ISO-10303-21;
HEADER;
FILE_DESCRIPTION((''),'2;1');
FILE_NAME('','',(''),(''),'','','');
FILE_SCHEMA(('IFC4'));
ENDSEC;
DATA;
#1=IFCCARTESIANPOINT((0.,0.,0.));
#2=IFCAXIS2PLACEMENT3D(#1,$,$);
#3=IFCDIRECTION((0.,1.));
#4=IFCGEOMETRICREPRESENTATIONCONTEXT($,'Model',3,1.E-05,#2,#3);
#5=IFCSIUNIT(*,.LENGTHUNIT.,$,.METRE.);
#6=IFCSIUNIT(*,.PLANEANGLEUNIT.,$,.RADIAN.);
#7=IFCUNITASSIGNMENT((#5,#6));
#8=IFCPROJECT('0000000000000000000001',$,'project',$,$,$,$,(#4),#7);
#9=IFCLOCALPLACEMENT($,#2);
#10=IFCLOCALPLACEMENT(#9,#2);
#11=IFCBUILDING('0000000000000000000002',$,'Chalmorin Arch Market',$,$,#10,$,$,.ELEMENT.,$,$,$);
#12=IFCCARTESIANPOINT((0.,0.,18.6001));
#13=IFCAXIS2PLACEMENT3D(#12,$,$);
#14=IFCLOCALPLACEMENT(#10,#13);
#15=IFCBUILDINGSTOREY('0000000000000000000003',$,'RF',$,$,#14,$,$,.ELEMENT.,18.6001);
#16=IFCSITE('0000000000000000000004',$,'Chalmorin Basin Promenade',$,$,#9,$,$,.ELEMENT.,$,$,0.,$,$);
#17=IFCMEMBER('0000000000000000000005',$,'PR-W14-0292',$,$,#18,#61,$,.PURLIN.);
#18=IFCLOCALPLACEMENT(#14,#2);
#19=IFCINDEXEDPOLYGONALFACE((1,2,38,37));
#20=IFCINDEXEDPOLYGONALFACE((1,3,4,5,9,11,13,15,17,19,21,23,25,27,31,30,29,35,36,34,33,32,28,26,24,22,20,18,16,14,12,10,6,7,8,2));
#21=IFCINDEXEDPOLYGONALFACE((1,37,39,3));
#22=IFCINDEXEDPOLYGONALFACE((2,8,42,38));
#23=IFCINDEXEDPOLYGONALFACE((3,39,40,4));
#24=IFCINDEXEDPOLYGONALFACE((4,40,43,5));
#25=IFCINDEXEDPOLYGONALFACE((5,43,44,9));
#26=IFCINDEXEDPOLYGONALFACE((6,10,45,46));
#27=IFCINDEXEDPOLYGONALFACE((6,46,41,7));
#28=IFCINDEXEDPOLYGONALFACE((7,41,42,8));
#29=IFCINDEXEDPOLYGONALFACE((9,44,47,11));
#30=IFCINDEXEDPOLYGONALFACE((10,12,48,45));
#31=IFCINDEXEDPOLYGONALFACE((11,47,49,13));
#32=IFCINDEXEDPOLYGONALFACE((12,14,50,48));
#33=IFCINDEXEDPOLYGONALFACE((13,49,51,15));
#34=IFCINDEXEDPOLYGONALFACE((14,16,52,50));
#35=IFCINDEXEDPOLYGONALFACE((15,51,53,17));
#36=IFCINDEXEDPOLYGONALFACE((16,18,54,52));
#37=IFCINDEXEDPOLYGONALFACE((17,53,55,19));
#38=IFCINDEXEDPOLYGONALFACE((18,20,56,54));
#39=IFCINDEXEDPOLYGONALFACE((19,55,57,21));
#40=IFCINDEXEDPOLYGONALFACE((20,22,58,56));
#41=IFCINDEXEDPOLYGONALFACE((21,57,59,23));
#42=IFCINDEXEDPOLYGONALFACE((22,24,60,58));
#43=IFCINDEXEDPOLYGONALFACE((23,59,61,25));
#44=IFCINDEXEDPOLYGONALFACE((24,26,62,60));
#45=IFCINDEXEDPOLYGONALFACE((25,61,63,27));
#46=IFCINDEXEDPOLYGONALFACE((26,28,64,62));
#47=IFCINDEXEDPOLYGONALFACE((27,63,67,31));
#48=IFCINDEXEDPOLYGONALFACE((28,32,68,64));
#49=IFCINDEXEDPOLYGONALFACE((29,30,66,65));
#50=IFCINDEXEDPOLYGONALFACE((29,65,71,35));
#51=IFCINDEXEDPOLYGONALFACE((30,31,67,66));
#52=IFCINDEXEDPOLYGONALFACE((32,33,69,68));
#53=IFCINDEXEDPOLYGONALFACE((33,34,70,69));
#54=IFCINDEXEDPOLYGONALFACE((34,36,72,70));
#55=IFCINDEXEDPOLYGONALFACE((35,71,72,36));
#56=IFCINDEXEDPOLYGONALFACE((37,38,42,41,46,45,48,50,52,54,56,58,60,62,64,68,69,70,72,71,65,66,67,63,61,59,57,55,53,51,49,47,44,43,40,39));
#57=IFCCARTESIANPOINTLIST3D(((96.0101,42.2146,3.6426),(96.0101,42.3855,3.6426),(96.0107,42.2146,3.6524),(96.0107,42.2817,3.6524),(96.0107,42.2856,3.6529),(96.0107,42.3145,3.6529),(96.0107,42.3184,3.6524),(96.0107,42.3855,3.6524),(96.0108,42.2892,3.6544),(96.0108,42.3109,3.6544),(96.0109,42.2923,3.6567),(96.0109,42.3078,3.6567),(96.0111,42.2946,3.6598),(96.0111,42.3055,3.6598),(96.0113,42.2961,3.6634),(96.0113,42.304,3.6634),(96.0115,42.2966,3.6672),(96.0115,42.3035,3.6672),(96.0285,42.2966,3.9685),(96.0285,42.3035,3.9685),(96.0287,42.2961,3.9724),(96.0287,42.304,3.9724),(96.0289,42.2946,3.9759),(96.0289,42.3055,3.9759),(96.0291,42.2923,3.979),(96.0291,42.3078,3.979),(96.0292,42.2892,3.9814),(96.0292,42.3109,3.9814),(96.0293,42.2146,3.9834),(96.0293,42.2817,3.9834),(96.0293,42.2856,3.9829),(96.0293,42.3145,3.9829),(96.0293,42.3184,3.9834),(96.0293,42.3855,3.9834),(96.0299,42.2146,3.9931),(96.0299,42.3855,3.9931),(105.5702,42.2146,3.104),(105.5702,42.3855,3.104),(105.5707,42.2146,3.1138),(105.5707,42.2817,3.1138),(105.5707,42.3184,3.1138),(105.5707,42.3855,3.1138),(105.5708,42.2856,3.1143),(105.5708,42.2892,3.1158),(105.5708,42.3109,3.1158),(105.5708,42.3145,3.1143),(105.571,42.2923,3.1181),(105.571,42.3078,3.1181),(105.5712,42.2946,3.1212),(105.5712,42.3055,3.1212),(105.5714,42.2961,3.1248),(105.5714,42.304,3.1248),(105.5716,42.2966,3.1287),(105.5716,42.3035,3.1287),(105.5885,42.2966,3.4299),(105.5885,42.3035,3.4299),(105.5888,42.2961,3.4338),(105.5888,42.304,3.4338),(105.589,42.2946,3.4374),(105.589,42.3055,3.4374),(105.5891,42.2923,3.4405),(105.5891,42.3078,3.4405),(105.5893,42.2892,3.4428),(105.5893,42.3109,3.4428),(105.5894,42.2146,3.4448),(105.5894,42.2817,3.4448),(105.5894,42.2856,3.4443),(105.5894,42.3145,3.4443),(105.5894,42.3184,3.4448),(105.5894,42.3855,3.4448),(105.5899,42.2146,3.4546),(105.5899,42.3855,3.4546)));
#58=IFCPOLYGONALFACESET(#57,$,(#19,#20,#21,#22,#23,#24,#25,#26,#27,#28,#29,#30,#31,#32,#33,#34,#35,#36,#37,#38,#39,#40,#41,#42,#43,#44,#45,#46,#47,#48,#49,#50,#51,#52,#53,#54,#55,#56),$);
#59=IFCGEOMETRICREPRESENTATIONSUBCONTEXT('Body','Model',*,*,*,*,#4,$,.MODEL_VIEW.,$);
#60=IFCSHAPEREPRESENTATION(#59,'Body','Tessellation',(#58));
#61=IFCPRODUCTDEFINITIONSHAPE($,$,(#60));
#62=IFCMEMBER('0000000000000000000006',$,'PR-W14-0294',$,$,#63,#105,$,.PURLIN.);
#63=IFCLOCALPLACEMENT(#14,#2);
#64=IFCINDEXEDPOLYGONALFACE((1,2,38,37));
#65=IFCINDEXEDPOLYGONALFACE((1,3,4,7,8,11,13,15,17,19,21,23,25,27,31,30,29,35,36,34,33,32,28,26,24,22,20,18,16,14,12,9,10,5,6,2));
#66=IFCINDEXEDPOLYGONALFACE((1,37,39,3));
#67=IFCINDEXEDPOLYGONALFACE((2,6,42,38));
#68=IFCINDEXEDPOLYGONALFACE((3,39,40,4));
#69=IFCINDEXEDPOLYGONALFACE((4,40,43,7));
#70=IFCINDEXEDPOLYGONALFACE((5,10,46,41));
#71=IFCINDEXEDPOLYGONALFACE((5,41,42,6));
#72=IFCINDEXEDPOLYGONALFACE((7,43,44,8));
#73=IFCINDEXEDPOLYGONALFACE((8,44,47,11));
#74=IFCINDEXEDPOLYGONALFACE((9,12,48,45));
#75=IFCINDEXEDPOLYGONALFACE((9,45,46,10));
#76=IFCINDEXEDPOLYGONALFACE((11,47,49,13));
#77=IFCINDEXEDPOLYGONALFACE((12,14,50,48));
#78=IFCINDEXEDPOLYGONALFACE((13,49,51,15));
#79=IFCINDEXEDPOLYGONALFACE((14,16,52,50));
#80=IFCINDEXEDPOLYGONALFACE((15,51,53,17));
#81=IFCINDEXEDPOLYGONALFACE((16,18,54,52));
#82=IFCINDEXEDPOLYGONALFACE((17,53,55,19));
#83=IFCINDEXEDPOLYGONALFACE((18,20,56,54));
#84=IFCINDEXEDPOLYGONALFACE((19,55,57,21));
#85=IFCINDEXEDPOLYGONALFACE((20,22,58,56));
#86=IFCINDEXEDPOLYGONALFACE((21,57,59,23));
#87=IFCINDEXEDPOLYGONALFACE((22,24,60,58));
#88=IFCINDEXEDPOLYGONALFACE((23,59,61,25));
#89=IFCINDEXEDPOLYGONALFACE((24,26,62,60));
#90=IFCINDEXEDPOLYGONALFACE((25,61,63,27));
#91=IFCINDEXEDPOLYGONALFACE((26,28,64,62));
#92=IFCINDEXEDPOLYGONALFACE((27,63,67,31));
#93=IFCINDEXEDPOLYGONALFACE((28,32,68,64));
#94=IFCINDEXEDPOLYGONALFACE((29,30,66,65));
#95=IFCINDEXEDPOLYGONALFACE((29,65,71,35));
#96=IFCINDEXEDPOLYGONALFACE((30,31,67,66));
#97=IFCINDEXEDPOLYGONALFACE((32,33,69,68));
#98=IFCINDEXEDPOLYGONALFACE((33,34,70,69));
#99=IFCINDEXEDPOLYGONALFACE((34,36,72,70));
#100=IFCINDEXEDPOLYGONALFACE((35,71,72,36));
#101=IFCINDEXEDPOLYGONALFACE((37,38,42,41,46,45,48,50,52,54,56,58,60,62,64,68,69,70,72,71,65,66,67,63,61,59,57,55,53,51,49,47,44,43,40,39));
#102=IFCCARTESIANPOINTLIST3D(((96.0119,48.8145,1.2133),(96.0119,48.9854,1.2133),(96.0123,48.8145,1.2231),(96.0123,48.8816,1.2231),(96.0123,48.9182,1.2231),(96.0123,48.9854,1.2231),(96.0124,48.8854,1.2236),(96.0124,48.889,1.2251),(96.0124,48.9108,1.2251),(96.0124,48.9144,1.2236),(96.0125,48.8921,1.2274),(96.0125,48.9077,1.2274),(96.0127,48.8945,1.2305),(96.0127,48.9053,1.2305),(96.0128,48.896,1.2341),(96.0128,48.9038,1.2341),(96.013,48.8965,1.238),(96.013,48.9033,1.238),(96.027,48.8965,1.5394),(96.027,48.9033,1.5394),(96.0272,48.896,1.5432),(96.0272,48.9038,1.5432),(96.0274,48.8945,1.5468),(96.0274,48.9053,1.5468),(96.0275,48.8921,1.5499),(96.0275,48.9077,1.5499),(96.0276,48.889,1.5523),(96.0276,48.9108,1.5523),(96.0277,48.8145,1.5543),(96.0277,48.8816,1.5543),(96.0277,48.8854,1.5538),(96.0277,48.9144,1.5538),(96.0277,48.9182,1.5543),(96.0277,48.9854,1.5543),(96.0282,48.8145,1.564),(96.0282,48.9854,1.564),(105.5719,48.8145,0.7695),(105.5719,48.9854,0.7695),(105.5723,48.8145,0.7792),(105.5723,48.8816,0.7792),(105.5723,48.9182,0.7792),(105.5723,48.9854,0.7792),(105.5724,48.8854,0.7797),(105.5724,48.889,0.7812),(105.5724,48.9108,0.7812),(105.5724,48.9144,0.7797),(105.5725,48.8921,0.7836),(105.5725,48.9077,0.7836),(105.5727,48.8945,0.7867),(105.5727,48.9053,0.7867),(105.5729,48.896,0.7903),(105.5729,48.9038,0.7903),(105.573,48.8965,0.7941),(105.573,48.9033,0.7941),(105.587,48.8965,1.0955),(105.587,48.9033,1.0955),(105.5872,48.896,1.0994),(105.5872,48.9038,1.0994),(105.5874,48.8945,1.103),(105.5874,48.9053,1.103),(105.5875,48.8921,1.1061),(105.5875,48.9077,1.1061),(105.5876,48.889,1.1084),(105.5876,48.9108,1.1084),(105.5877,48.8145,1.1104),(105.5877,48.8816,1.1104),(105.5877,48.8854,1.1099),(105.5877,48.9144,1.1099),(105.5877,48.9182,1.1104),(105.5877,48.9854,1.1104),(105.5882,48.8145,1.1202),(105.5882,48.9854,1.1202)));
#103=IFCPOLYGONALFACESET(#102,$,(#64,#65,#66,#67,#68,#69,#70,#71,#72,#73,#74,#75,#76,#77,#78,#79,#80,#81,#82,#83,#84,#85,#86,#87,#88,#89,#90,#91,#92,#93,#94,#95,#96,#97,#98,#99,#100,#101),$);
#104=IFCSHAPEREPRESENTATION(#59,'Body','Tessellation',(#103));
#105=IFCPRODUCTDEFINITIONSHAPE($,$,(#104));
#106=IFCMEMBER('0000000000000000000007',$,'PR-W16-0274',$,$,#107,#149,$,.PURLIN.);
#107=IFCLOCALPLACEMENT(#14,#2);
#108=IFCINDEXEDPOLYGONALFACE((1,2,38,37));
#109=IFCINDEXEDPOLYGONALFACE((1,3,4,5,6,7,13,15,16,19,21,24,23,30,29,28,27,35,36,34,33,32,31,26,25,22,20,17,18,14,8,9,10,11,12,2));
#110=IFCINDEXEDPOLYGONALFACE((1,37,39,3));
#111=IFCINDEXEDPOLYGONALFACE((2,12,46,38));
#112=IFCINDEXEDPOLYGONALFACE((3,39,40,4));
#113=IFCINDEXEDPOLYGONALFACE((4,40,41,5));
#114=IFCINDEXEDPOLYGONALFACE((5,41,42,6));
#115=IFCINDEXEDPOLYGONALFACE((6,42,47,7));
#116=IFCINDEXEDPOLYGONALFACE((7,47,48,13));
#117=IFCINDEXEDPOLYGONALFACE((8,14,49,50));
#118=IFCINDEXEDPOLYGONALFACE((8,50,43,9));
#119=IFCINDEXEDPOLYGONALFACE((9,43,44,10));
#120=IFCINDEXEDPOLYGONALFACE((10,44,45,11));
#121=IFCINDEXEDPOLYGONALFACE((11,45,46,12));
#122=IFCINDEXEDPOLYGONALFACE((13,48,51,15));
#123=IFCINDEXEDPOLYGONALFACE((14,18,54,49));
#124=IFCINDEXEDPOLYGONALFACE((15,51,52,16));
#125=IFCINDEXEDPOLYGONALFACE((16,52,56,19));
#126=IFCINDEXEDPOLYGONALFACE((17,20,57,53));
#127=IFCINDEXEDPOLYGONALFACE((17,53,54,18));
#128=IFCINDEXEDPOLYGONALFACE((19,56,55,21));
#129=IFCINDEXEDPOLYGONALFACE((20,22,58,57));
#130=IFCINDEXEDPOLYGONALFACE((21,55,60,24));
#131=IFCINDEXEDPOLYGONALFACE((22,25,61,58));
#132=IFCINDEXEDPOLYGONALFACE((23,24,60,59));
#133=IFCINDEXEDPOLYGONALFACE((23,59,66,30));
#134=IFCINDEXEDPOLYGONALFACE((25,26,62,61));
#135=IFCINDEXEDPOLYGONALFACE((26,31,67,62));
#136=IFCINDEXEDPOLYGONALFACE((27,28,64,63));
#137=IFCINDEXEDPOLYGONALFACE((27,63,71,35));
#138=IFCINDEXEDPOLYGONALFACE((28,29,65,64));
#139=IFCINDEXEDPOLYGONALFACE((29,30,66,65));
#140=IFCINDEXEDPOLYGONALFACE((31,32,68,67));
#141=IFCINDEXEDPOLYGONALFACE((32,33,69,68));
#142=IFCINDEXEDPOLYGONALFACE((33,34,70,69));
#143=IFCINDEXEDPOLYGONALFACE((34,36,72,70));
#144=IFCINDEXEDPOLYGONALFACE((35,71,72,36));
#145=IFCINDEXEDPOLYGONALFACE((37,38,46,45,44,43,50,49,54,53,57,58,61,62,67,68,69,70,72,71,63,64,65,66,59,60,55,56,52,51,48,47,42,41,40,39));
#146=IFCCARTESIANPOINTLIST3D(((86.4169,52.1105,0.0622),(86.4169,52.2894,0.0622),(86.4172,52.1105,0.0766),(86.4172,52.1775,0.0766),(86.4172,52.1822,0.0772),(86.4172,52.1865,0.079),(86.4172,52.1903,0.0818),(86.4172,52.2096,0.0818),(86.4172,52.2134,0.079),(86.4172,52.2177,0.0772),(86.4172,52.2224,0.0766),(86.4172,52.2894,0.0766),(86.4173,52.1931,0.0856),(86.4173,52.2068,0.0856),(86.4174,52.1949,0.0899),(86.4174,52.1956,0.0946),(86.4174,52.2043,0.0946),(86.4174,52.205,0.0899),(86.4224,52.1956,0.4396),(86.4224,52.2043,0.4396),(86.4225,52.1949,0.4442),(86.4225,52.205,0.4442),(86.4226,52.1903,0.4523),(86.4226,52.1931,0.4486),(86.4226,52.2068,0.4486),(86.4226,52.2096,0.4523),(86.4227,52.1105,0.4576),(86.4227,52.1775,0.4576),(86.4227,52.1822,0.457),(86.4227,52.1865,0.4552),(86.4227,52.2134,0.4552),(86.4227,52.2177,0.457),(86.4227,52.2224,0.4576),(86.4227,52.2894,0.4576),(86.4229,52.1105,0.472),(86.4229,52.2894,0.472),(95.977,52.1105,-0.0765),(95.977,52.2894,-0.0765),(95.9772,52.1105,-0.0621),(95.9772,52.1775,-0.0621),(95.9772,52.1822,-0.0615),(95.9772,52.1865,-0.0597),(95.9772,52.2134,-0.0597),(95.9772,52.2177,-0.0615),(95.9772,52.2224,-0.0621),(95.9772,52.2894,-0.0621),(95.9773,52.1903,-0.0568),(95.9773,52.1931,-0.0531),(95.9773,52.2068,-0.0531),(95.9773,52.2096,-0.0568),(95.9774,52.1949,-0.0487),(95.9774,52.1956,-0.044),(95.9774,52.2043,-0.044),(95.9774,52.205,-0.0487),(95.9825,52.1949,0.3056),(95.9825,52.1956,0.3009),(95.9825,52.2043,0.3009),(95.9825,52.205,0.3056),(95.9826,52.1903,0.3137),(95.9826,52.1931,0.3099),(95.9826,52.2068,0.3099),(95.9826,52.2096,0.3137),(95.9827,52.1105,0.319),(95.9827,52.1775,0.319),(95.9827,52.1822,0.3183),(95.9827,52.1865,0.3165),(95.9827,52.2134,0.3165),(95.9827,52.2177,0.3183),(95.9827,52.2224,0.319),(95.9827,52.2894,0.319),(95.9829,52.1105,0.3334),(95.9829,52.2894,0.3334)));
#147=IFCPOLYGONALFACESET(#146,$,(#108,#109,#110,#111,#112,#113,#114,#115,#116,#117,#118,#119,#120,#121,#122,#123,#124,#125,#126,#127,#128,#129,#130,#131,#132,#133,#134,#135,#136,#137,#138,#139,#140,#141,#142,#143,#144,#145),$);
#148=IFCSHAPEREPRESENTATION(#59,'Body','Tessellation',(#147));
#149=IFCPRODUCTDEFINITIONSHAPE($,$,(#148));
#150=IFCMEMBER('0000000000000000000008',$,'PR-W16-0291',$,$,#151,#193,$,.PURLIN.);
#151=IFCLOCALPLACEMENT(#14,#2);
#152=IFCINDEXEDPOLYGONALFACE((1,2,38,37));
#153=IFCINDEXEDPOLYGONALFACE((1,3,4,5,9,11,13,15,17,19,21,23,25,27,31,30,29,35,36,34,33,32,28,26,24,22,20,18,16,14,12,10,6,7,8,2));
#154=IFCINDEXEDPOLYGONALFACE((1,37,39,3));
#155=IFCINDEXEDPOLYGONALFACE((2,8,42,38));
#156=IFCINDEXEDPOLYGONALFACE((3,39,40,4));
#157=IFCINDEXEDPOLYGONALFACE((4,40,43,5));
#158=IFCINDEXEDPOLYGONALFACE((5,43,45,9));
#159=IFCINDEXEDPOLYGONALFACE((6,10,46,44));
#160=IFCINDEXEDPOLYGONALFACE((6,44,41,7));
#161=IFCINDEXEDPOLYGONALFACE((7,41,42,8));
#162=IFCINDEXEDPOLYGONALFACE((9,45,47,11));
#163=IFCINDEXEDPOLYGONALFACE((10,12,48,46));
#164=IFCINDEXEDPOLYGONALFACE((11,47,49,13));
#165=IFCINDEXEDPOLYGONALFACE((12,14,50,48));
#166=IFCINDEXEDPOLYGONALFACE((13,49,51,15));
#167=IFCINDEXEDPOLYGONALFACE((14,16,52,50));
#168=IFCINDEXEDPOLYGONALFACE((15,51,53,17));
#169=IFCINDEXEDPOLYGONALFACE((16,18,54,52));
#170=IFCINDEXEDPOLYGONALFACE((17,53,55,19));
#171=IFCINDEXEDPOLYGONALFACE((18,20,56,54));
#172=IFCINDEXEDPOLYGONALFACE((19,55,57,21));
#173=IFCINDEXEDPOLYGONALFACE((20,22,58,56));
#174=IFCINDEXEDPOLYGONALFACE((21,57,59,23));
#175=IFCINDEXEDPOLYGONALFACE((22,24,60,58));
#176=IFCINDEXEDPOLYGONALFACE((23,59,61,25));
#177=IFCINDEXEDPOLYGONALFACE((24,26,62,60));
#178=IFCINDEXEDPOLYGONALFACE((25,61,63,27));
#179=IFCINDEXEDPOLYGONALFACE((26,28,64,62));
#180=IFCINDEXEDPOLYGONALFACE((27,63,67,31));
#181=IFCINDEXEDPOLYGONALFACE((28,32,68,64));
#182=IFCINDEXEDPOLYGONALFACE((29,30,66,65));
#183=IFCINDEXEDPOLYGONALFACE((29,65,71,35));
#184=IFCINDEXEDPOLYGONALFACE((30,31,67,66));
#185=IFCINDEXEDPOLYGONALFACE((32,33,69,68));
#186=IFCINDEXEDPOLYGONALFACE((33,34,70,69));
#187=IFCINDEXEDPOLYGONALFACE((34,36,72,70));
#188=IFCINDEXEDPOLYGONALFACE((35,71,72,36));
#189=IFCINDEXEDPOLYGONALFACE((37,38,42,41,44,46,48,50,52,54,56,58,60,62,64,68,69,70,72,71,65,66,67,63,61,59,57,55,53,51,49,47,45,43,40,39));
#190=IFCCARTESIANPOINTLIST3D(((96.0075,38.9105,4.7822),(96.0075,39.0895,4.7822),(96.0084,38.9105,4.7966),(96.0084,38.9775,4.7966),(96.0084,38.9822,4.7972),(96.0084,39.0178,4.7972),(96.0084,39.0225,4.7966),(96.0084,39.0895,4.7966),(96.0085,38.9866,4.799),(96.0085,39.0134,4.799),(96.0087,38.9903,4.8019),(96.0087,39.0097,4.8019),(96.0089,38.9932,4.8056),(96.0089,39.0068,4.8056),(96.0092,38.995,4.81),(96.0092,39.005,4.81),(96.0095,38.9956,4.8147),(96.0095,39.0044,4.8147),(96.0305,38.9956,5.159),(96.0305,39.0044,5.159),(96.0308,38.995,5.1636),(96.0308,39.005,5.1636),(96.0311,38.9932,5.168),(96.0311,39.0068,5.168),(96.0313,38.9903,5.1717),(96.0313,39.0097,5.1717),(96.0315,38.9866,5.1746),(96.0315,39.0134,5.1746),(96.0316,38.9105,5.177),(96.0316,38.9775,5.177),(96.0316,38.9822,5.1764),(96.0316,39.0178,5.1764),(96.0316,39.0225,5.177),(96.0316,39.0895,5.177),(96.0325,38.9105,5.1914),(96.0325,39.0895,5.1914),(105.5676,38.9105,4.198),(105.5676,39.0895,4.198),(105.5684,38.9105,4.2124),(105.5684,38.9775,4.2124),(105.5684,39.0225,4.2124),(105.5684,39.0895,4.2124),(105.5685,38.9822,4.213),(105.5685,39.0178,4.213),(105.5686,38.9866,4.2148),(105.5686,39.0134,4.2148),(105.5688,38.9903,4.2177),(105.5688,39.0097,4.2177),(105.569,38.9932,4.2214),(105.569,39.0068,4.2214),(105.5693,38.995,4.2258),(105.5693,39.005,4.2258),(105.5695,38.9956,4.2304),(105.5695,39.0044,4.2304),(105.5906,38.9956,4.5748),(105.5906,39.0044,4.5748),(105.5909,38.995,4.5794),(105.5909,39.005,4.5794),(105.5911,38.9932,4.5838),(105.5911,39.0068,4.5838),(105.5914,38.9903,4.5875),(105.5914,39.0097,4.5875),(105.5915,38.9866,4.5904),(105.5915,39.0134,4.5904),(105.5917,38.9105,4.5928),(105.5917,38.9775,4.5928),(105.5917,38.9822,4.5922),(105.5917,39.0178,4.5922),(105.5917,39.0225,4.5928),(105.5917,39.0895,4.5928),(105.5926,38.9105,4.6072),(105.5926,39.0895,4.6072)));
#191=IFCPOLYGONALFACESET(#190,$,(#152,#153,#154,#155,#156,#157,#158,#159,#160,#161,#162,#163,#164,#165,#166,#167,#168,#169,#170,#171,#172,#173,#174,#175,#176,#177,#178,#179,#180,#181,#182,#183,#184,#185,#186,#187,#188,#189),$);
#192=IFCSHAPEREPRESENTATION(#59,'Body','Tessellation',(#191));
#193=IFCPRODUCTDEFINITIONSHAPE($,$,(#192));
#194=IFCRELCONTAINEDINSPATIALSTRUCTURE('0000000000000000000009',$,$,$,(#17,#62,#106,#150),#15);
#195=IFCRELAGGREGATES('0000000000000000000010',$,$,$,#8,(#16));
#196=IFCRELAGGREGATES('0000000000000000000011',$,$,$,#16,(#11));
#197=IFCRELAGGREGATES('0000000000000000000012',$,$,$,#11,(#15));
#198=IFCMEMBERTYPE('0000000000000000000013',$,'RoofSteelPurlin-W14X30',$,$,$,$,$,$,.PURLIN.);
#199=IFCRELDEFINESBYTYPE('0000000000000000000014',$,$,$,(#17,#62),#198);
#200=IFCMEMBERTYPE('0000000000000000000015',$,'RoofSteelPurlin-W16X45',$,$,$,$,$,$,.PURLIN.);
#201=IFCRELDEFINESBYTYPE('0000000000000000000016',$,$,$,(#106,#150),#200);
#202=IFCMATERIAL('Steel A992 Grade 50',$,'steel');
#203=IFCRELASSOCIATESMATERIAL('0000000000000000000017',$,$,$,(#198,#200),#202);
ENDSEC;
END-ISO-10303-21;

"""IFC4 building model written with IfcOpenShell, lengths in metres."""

from ifc_helpers import new_model, si_unit, direction, frame, origin, origin_2d, place, context, subcontext, project, spatial, i_section, extrude, material, material_profile, profile_set, type_object, element, save


model = new_model("IFC4")

# Units and contexts
model_context = context("Model", 3, precision=1e-05, world=origin(), true_north=direction((0.0, 1.0)))
body_context = subcontext(model_context, "Body", "Model", "MODEL_VIEW")
ifc_project = project(units=[si_unit("LENGTHUNIT", "METRE"), si_unit("PLANEANGLEUNIT", "RADIAN")], contexts=[model_context])

# Site, building, storey
site_placement = place(None, origin())
site = spatial("IfcSite", under=ifc_project, at=site_placement, Name="Chalmorin Basin Promenade", CompositionType="ELEMENT", RefElevation=0.0)
building_placement = place(site_placement, origin())
building = spatial("IfcBuilding", under=site, at=building_placement, Name="Chalmorin Arch Market", CompositionType="ELEMENT")
storey_placement = place(building_placement, frame((0.0, 0.0, 18.6001)))
storey = spatial("IfcBuildingStorey", under=building, at=storey_placement, Name="RF", CompositionType="ELEMENT", Elevation=18.6001)

# Members
ifc_material_1 = material(Name="Steel A992 Grade 50", Category="steel")
ifc_material_profile_1 = material_profile(ifc_material_1, i_section(OverallWidth=0.1709, OverallDepth=0.3511, WebThickness=0.0068, FlangeThickness=0.0098, FilletRadius=0.0149, at=origin_2d()), Name="W14X30")
ifc_profile_set_1 = profile_set([ifc_material_profile_1], Name="Steel A992 Grade 50")
member_type_1 = type_object("IfcMemberType", Name="RoofSteelPurlin-W14X30", PredefinedType="PURLIN", material=ifc_profile_set_1)
member_1_placement = place(storey_placement, frame((96.02, 42.3, 3.8179), z_axis=(0.998417, 0.0, -0.056247), x_axis=(0.0, 1.0, 0.0)))
element("IfcMember", 1, at=member_1_placement, inside=storey, type_object=member_type_1, Name="PR-W14-0292", PredefinedType="PURLIN", context=body_context, shape_type="SweptSolid", body=[
    extrude(i_section(OverallWidth=0.1709, OverallDepth=0.3511, WebThickness=0.0068, FlangeThickness=0.0098, FilletRadius=0.0149, at=origin_2d()), origin(), (0.0, 0.0, 1.0), 9.5752),
])
member_2_placement = place(storey_placement, frame((96.02, 48.8999, 1.3887), z_axis=(0.998924, 0.0, -0.046377), x_axis=(0.0, 1.0, 0.0)))
element("IfcMember", 2, at=member_2_placement, inside=storey, type_object=member_type_1, Name="PR-W14-0294", PredefinedType="PURLIN", context=body_context, shape_type="SweptSolid", body=[
    extrude(i_section(OverallWidth=0.1709, OverallDepth=0.3511, WebThickness=0.0068, FlangeThickness=0.0098, FilletRadius=0.0149, at=origin_2d()), origin(), (0.0, 0.0, 1.0), 9.5703),
])
ifc_material_profile_2 = material_profile(ifc_material_1, i_section(OverallWidth=0.179, OverallDepth=0.4099, WebThickness=0.0088, FlangeThickness=0.0144, FilletRadius=0.0181, at=origin_2d()), Name="W16X45")
ifc_profile_set_2 = profile_set([ifc_material_profile_2], Name="Steel A992 Grade 50")
member_type_2 = type_object("IfcMemberType", Name="RoofSteelPurlin-W16X45", PredefinedType="PURLIN", material=ifc_profile_set_2)
member_3_placement = place(storey_placement, frame((86.4199, 52.2, 0.2671), z_axis=(0.999895, 0.0, -0.014504), x_axis=(0.0, 1.0, 0.0)))
element("IfcMember", 3, at=member_3_placement, inside=storey, type_object=member_type_2, Name="PR-W16-0274", PredefinedType="PURLIN", context=body_context, shape_type="SweptSolid", body=[
    extrude(i_section(OverallWidth=0.179, OverallDepth=0.4099, WebThickness=0.0088, FlangeThickness=0.0144, FilletRadius=0.0181, at=origin_2d()), origin(), (0.0, 0.0, 1.0), 9.561),
])
member_4_placement = place(storey_placement, frame((96.02, 39.0, 4.9868), z_axis=(0.998138, 0.0, -0.060998), x_axis=(0.0, 1.0, 0.0)))
element("IfcMember", 4, at=member_4_placement, inside=storey, type_object=member_type_2, Name="PR-W16-0291", PredefinedType="PURLIN", context=body_context, shape_type="SweptSolid", body=[
    extrude(i_section(OverallWidth=0.179, OverallDepth=0.4099, WebThickness=0.0088, FlangeThickness=0.0144, FilletRadius=0.0181, at=origin_2d()), origin(), (0.0, 0.0, 1.0), 9.5779),
])

save(model, "model.ifc")
